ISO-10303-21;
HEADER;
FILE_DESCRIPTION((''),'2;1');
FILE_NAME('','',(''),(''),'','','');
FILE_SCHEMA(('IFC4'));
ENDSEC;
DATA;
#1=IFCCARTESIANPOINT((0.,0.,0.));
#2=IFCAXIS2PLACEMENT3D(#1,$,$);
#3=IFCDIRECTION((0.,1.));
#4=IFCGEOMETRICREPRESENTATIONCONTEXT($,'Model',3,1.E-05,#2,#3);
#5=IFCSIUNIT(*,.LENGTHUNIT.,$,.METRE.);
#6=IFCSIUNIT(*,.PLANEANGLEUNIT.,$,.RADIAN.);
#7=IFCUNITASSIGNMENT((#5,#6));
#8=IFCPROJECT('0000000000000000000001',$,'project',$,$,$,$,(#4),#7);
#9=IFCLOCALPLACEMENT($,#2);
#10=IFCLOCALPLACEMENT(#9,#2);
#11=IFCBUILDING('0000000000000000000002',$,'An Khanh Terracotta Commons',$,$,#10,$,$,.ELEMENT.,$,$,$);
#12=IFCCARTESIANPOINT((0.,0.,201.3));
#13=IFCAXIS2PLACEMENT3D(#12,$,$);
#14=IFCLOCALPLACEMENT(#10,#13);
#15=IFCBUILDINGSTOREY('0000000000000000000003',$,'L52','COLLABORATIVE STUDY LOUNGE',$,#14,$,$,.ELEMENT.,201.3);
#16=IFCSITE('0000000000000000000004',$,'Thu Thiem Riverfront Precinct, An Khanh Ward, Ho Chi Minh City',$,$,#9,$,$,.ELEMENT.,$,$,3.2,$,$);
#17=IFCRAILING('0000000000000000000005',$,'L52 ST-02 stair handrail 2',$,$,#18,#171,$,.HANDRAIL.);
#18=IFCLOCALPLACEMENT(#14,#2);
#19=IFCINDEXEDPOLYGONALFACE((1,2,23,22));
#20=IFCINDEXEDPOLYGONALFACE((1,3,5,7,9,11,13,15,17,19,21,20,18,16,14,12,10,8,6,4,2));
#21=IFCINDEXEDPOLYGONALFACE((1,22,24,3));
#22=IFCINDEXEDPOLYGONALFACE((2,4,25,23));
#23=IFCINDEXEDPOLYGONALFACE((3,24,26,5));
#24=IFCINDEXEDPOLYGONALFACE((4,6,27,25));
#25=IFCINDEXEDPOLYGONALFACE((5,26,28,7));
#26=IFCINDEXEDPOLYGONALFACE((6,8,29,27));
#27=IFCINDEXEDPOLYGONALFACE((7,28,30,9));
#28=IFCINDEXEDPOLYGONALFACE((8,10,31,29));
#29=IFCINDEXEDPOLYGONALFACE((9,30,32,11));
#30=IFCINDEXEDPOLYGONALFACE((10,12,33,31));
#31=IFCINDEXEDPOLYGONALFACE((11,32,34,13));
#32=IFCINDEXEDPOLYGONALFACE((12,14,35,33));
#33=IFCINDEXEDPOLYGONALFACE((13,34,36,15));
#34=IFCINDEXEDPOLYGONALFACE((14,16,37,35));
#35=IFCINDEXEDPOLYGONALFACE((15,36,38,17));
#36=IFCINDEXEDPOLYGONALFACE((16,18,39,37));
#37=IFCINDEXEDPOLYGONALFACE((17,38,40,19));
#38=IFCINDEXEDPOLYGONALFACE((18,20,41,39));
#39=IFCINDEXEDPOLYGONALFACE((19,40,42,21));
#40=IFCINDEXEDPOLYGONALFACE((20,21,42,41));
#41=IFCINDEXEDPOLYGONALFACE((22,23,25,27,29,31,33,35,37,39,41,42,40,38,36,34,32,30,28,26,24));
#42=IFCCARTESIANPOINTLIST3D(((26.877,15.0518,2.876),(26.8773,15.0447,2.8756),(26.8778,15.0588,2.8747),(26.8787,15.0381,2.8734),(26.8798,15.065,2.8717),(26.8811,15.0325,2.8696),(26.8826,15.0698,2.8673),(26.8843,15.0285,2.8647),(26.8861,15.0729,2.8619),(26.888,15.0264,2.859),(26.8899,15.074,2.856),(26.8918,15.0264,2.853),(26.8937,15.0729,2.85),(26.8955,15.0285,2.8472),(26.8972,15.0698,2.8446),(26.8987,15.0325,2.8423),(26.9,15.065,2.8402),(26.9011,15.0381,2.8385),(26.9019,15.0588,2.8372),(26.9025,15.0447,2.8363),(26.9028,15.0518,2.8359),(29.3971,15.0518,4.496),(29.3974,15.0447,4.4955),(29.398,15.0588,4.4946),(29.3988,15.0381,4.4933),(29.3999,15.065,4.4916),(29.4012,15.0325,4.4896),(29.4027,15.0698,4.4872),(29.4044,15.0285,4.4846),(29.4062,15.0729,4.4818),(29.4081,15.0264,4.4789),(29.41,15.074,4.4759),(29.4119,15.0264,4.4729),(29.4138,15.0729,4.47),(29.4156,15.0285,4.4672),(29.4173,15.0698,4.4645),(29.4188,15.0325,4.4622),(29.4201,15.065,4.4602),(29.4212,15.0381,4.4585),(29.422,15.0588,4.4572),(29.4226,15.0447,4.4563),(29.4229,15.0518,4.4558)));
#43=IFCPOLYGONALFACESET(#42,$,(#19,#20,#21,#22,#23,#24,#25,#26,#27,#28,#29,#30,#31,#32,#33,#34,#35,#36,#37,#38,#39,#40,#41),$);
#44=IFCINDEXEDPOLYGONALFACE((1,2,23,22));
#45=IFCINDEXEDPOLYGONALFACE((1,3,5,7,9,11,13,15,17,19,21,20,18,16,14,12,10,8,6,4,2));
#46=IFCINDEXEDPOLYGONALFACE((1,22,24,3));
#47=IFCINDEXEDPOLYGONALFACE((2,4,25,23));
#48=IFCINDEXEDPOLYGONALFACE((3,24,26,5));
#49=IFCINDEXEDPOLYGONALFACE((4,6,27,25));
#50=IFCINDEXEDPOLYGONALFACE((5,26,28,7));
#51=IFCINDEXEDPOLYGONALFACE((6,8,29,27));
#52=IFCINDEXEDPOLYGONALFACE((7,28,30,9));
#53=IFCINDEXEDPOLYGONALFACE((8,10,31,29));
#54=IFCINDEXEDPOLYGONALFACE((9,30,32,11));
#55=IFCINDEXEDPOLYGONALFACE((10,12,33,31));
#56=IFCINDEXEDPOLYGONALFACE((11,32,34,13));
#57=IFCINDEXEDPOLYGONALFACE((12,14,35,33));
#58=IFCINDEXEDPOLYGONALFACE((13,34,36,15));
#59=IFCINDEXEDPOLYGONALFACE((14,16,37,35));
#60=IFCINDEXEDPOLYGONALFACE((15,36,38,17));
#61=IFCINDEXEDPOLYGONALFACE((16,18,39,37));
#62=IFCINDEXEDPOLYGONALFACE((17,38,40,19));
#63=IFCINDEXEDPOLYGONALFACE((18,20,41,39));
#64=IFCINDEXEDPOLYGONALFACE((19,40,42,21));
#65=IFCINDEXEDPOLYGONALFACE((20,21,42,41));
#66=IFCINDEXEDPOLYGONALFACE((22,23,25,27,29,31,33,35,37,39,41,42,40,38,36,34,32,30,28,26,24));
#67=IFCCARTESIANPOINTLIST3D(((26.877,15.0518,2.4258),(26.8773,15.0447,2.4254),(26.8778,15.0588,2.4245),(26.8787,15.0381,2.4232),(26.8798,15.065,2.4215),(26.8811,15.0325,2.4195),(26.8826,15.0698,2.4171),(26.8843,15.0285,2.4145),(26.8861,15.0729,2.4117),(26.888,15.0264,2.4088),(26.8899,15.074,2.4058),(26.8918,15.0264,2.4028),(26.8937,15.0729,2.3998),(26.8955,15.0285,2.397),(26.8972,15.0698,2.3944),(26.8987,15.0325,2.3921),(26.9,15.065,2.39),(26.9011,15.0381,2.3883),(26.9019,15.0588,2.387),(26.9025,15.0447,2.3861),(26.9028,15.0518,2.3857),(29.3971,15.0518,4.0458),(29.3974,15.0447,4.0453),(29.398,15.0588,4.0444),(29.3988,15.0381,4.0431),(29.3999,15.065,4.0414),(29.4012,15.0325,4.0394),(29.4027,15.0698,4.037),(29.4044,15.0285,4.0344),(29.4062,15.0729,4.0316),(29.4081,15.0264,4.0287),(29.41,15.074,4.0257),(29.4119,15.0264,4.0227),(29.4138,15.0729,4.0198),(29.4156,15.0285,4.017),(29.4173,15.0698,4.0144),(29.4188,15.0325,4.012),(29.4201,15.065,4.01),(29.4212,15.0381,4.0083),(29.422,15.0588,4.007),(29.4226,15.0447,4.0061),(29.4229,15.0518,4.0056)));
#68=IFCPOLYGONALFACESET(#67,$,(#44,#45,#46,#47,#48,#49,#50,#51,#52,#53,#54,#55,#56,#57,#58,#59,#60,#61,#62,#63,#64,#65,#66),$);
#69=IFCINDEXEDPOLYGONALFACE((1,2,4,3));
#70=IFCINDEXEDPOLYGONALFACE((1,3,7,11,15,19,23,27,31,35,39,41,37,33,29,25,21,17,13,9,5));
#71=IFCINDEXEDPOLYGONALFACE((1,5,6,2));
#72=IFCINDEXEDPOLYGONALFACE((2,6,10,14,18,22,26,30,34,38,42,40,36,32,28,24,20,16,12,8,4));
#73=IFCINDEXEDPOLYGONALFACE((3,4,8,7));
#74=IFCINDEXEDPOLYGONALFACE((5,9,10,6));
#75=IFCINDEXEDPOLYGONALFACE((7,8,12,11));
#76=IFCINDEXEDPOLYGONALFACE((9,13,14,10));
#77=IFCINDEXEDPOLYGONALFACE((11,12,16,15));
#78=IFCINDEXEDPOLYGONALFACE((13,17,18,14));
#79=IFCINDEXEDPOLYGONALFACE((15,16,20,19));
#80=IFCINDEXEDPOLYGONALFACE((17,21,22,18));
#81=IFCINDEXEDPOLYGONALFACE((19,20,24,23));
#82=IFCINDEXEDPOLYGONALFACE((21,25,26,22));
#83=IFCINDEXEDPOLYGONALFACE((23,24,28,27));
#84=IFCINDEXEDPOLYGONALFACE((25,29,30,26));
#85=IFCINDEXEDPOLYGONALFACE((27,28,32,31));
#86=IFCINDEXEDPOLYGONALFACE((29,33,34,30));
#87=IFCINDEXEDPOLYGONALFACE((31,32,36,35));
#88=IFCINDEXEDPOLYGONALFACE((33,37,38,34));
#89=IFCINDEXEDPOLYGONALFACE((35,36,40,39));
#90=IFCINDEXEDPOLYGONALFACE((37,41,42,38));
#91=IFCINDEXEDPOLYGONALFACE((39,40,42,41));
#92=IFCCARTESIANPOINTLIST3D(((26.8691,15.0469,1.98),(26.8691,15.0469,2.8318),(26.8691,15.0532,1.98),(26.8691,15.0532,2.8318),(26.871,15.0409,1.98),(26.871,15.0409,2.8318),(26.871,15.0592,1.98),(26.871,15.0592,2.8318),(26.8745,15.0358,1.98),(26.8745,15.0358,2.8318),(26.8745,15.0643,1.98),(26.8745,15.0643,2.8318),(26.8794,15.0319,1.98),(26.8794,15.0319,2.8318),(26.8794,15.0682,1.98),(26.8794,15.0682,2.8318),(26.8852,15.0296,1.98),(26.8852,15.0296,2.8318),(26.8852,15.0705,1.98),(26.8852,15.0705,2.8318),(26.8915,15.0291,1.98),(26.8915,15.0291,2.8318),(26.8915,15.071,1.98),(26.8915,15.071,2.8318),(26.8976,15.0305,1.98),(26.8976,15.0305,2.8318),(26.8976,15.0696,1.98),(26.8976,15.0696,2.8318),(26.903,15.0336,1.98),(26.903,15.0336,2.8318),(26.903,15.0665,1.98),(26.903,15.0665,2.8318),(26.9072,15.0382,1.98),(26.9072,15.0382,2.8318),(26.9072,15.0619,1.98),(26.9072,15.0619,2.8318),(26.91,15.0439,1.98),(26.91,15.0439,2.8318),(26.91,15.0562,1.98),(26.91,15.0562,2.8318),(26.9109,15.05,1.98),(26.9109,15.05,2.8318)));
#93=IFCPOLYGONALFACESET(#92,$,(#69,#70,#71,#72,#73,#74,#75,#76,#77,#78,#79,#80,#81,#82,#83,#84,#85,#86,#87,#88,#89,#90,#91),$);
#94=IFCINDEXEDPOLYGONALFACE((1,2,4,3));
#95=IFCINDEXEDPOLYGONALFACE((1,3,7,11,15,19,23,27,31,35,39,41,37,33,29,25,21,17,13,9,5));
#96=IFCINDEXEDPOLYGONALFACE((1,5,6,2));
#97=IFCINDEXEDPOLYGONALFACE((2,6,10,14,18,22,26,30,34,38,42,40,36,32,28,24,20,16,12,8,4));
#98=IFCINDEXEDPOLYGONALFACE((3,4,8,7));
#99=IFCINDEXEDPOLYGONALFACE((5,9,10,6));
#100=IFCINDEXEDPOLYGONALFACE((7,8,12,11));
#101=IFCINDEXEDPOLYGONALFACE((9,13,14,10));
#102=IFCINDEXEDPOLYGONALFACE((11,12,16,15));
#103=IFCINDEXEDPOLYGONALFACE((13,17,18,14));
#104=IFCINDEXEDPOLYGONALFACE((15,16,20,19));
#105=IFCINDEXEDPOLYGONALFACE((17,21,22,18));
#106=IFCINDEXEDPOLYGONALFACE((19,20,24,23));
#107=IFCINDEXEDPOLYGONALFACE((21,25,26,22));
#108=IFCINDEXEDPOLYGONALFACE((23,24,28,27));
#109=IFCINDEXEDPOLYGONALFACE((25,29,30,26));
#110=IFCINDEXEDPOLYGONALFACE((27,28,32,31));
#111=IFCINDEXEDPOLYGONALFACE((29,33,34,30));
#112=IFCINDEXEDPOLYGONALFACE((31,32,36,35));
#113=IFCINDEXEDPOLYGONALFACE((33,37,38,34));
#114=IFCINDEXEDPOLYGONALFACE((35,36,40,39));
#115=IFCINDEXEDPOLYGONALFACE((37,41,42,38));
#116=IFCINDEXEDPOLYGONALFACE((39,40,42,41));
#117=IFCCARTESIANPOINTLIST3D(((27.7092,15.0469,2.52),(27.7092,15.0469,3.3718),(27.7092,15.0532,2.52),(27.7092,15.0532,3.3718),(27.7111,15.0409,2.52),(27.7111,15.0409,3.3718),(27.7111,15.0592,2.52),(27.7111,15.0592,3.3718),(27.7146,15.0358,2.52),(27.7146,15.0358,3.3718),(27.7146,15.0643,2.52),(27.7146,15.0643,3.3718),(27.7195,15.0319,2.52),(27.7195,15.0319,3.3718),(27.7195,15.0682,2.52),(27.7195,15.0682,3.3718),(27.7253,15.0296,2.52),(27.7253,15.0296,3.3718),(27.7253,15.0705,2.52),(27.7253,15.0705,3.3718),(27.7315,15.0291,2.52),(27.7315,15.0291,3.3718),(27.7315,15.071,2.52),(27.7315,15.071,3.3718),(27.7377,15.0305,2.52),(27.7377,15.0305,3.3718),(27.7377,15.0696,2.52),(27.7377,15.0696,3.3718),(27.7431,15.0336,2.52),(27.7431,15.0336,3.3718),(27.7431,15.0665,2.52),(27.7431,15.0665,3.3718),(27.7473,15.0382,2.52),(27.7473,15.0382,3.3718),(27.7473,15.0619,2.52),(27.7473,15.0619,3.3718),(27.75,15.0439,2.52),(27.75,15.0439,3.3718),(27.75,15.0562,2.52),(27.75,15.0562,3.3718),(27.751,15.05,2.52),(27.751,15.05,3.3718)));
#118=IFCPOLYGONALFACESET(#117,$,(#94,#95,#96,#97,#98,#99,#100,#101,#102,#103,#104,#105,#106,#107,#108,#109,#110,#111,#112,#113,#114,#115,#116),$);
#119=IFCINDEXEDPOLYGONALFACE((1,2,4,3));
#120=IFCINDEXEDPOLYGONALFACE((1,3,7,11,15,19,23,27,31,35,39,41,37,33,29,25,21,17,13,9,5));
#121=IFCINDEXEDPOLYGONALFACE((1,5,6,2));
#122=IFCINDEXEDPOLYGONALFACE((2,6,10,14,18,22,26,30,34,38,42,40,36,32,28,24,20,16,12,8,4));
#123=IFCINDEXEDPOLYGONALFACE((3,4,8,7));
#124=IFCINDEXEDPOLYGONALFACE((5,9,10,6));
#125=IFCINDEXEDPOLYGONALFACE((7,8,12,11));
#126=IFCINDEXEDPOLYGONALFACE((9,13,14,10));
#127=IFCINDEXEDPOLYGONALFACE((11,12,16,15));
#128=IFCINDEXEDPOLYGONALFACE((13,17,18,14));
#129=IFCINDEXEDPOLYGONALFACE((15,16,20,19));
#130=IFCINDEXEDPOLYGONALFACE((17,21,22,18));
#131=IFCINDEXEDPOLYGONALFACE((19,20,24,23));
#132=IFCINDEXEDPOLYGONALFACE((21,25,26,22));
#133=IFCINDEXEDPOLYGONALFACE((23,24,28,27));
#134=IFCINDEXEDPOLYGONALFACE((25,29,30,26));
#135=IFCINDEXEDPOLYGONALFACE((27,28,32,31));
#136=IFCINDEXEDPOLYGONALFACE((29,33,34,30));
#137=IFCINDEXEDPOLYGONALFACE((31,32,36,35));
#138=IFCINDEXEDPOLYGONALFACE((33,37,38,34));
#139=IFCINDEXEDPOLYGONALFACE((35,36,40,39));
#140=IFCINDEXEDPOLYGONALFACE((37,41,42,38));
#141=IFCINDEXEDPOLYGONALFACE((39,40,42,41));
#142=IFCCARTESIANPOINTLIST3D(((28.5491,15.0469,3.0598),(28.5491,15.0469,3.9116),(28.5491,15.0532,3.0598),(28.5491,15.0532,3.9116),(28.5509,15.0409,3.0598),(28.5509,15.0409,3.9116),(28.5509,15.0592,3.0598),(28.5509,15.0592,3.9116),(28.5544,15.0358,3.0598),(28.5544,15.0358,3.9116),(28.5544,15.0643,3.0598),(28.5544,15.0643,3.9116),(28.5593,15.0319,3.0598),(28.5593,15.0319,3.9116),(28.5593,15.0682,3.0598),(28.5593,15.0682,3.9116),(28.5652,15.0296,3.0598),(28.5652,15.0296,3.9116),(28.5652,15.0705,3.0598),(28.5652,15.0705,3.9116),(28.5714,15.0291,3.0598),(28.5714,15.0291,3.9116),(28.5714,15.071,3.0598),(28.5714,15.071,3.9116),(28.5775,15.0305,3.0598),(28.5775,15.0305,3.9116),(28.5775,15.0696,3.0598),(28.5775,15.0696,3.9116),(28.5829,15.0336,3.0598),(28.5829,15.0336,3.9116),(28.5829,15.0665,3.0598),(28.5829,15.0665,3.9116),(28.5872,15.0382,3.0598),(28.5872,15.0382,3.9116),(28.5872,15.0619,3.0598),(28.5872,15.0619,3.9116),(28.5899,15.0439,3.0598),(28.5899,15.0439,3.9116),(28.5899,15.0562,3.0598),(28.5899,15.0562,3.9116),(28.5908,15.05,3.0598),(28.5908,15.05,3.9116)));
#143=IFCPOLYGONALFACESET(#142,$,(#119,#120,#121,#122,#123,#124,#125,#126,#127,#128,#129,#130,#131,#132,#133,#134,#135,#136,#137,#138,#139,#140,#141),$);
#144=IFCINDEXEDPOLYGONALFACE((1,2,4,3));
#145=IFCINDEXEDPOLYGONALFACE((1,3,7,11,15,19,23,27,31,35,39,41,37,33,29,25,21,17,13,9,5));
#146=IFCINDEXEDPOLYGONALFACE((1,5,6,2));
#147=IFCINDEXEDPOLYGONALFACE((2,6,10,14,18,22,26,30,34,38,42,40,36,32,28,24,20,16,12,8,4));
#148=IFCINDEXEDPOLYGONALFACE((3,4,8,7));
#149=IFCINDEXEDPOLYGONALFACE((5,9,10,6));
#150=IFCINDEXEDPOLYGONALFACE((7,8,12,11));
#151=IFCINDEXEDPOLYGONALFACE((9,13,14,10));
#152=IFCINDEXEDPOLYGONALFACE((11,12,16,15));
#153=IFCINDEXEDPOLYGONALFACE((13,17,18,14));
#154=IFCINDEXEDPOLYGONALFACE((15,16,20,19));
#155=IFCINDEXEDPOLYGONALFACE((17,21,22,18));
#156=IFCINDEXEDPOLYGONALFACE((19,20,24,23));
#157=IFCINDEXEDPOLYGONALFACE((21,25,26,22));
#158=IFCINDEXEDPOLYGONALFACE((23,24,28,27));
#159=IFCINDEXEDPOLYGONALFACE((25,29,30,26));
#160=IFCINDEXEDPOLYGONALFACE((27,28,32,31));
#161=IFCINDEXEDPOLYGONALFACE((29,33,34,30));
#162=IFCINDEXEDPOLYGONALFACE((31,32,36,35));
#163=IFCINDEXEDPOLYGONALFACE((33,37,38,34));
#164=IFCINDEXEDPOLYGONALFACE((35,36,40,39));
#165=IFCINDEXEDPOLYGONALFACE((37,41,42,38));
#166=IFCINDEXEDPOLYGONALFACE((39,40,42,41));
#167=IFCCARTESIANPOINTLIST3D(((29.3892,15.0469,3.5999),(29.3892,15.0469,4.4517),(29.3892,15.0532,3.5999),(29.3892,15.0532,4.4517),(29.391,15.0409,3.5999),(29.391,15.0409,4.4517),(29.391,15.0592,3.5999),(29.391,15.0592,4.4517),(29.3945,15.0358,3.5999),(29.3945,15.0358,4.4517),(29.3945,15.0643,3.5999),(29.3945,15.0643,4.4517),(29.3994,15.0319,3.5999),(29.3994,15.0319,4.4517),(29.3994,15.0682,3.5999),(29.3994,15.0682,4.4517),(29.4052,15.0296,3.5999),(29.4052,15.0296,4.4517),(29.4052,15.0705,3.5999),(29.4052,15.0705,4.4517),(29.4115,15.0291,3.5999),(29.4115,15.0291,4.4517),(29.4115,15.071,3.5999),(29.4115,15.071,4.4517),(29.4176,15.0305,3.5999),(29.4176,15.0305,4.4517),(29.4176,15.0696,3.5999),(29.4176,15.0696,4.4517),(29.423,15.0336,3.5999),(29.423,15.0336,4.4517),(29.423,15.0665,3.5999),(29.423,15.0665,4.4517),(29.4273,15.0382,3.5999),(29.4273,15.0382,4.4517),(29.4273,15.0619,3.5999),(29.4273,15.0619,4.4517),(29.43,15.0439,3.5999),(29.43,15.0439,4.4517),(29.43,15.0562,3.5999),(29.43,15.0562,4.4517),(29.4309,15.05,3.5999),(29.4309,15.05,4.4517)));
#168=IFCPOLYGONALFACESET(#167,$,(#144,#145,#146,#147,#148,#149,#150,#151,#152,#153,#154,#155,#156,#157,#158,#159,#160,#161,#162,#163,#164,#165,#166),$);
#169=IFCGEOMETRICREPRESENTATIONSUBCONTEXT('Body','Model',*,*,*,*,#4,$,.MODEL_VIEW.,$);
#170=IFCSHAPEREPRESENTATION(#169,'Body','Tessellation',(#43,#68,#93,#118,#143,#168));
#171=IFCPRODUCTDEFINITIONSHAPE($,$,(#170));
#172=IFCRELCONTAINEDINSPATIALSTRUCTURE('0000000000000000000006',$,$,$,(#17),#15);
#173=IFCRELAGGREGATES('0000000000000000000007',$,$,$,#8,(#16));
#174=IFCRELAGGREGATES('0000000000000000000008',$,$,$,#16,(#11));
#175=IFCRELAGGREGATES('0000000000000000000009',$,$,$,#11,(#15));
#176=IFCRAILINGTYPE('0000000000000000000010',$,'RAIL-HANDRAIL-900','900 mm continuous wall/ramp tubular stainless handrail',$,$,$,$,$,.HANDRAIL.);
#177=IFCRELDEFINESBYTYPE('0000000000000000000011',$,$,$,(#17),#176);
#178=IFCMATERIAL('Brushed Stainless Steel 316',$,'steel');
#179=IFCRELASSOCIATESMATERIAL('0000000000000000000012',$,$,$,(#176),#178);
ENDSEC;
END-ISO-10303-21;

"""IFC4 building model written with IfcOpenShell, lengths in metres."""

from ifc_helpers import new_model, si_unit, direction, frame, origin, origin_2d, place, context, subcontext, project, spatial, circle, extrude, material, type_object, element, save


model = new_model("IFC4")

# Units and contexts
model_context = context("Model", 3, precision=1e-05, world=origin(), true_north=direction((0.0, 1.0)))
body_context = subcontext(model_context, "Body", "Model", "MODEL_VIEW")
ifc_project = project(units=[si_unit("LENGTHUNIT", "METRE"), si_unit("PLANEANGLEUNIT", "RADIAN")], contexts=[model_context])

# Site, building, storey
site_placement = place(None, origin())
site = spatial("IfcSite", under=ifc_project, at=site_placement, Name="Thu Thiem Riverfront Precinct, An Khanh Ward, Ho Chi Minh City", CompositionType="ELEMENT", RefElevation=3.2)
building_placement = place(site_placement, origin())
building = spatial("IfcBuilding", under=site, at=building_placement, Name="An Khanh Terracotta Commons", CompositionType="ELEMENT")
storey_placement = place(building_placement, frame((0.0, 0.0, 201.3)))
storey = spatial("IfcBuildingStorey", under=building, at=storey_placement, Name="L52", Description="COLLABORATIVE STUDY LOUNGE", CompositionType="ELEMENT", Elevation=201.3)

# Railing
ifc_material_1 = material(Name="Brushed Stainless Steel 316", Category="steel")
railing_type_1 = type_object("IfcRailingType", Name="RAIL-HANDRAIL-900", Description="900 mm continuous wall/ramp tubular stainless handrail", PredefinedType="HANDRAIL", material=ifc_material_1)
railing_1_placement = place(storey_placement, frame((26.8899, 15.05, 1.98)))
element("IfcRailing", 1, at=railing_1_placement, inside=storey, type_object=railing_type_1, Name="L52 ST-02 stair handrail 2", PredefinedType="HANDRAIL", context=body_context, shape_type="SweptSolid", body=[
    extrude(circle(Radius=0.0239, at=origin_2d()), frame((0.0, 0.0, 0.876), z_axis=(0.8412, 0.0, 0.540725), x_axis=(0.0, 1.0, 0.0)), (0.0, 0.0, 1.0), 2.9958),
    extrude(circle(Radius=0.0239, at=origin_2d()), frame((0.0, 0.0, 0.4258), z_axis=(0.8412, 0.0, 0.540725), x_axis=(0.0, 1.0, 0.0)), (0.0, 0.0, 1.0), 2.9958),
    extrude(circle(Radius=0.021, at=origin_2d()), origin(), (0.0, 0.0, 1.0), 0.8518),
    extrude(circle(Radius=0.021, at=origin_2d()), frame((0.8401, 0.0, 0.54)), (0.0, 0.0, 1.0), 0.8518),
    extrude(circle(Radius=0.021, at=origin_2d()), frame((1.6799, 0.0, 1.0798)), (0.0, 0.0, 1.0), 0.8518),
    extrude(circle(Radius=0.021, at=origin_2d()), frame((2.52, 0.0, 1.6199)), (0.0, 0.0, 1.0), 0.8518),
])

save(model, "model.ifc")
